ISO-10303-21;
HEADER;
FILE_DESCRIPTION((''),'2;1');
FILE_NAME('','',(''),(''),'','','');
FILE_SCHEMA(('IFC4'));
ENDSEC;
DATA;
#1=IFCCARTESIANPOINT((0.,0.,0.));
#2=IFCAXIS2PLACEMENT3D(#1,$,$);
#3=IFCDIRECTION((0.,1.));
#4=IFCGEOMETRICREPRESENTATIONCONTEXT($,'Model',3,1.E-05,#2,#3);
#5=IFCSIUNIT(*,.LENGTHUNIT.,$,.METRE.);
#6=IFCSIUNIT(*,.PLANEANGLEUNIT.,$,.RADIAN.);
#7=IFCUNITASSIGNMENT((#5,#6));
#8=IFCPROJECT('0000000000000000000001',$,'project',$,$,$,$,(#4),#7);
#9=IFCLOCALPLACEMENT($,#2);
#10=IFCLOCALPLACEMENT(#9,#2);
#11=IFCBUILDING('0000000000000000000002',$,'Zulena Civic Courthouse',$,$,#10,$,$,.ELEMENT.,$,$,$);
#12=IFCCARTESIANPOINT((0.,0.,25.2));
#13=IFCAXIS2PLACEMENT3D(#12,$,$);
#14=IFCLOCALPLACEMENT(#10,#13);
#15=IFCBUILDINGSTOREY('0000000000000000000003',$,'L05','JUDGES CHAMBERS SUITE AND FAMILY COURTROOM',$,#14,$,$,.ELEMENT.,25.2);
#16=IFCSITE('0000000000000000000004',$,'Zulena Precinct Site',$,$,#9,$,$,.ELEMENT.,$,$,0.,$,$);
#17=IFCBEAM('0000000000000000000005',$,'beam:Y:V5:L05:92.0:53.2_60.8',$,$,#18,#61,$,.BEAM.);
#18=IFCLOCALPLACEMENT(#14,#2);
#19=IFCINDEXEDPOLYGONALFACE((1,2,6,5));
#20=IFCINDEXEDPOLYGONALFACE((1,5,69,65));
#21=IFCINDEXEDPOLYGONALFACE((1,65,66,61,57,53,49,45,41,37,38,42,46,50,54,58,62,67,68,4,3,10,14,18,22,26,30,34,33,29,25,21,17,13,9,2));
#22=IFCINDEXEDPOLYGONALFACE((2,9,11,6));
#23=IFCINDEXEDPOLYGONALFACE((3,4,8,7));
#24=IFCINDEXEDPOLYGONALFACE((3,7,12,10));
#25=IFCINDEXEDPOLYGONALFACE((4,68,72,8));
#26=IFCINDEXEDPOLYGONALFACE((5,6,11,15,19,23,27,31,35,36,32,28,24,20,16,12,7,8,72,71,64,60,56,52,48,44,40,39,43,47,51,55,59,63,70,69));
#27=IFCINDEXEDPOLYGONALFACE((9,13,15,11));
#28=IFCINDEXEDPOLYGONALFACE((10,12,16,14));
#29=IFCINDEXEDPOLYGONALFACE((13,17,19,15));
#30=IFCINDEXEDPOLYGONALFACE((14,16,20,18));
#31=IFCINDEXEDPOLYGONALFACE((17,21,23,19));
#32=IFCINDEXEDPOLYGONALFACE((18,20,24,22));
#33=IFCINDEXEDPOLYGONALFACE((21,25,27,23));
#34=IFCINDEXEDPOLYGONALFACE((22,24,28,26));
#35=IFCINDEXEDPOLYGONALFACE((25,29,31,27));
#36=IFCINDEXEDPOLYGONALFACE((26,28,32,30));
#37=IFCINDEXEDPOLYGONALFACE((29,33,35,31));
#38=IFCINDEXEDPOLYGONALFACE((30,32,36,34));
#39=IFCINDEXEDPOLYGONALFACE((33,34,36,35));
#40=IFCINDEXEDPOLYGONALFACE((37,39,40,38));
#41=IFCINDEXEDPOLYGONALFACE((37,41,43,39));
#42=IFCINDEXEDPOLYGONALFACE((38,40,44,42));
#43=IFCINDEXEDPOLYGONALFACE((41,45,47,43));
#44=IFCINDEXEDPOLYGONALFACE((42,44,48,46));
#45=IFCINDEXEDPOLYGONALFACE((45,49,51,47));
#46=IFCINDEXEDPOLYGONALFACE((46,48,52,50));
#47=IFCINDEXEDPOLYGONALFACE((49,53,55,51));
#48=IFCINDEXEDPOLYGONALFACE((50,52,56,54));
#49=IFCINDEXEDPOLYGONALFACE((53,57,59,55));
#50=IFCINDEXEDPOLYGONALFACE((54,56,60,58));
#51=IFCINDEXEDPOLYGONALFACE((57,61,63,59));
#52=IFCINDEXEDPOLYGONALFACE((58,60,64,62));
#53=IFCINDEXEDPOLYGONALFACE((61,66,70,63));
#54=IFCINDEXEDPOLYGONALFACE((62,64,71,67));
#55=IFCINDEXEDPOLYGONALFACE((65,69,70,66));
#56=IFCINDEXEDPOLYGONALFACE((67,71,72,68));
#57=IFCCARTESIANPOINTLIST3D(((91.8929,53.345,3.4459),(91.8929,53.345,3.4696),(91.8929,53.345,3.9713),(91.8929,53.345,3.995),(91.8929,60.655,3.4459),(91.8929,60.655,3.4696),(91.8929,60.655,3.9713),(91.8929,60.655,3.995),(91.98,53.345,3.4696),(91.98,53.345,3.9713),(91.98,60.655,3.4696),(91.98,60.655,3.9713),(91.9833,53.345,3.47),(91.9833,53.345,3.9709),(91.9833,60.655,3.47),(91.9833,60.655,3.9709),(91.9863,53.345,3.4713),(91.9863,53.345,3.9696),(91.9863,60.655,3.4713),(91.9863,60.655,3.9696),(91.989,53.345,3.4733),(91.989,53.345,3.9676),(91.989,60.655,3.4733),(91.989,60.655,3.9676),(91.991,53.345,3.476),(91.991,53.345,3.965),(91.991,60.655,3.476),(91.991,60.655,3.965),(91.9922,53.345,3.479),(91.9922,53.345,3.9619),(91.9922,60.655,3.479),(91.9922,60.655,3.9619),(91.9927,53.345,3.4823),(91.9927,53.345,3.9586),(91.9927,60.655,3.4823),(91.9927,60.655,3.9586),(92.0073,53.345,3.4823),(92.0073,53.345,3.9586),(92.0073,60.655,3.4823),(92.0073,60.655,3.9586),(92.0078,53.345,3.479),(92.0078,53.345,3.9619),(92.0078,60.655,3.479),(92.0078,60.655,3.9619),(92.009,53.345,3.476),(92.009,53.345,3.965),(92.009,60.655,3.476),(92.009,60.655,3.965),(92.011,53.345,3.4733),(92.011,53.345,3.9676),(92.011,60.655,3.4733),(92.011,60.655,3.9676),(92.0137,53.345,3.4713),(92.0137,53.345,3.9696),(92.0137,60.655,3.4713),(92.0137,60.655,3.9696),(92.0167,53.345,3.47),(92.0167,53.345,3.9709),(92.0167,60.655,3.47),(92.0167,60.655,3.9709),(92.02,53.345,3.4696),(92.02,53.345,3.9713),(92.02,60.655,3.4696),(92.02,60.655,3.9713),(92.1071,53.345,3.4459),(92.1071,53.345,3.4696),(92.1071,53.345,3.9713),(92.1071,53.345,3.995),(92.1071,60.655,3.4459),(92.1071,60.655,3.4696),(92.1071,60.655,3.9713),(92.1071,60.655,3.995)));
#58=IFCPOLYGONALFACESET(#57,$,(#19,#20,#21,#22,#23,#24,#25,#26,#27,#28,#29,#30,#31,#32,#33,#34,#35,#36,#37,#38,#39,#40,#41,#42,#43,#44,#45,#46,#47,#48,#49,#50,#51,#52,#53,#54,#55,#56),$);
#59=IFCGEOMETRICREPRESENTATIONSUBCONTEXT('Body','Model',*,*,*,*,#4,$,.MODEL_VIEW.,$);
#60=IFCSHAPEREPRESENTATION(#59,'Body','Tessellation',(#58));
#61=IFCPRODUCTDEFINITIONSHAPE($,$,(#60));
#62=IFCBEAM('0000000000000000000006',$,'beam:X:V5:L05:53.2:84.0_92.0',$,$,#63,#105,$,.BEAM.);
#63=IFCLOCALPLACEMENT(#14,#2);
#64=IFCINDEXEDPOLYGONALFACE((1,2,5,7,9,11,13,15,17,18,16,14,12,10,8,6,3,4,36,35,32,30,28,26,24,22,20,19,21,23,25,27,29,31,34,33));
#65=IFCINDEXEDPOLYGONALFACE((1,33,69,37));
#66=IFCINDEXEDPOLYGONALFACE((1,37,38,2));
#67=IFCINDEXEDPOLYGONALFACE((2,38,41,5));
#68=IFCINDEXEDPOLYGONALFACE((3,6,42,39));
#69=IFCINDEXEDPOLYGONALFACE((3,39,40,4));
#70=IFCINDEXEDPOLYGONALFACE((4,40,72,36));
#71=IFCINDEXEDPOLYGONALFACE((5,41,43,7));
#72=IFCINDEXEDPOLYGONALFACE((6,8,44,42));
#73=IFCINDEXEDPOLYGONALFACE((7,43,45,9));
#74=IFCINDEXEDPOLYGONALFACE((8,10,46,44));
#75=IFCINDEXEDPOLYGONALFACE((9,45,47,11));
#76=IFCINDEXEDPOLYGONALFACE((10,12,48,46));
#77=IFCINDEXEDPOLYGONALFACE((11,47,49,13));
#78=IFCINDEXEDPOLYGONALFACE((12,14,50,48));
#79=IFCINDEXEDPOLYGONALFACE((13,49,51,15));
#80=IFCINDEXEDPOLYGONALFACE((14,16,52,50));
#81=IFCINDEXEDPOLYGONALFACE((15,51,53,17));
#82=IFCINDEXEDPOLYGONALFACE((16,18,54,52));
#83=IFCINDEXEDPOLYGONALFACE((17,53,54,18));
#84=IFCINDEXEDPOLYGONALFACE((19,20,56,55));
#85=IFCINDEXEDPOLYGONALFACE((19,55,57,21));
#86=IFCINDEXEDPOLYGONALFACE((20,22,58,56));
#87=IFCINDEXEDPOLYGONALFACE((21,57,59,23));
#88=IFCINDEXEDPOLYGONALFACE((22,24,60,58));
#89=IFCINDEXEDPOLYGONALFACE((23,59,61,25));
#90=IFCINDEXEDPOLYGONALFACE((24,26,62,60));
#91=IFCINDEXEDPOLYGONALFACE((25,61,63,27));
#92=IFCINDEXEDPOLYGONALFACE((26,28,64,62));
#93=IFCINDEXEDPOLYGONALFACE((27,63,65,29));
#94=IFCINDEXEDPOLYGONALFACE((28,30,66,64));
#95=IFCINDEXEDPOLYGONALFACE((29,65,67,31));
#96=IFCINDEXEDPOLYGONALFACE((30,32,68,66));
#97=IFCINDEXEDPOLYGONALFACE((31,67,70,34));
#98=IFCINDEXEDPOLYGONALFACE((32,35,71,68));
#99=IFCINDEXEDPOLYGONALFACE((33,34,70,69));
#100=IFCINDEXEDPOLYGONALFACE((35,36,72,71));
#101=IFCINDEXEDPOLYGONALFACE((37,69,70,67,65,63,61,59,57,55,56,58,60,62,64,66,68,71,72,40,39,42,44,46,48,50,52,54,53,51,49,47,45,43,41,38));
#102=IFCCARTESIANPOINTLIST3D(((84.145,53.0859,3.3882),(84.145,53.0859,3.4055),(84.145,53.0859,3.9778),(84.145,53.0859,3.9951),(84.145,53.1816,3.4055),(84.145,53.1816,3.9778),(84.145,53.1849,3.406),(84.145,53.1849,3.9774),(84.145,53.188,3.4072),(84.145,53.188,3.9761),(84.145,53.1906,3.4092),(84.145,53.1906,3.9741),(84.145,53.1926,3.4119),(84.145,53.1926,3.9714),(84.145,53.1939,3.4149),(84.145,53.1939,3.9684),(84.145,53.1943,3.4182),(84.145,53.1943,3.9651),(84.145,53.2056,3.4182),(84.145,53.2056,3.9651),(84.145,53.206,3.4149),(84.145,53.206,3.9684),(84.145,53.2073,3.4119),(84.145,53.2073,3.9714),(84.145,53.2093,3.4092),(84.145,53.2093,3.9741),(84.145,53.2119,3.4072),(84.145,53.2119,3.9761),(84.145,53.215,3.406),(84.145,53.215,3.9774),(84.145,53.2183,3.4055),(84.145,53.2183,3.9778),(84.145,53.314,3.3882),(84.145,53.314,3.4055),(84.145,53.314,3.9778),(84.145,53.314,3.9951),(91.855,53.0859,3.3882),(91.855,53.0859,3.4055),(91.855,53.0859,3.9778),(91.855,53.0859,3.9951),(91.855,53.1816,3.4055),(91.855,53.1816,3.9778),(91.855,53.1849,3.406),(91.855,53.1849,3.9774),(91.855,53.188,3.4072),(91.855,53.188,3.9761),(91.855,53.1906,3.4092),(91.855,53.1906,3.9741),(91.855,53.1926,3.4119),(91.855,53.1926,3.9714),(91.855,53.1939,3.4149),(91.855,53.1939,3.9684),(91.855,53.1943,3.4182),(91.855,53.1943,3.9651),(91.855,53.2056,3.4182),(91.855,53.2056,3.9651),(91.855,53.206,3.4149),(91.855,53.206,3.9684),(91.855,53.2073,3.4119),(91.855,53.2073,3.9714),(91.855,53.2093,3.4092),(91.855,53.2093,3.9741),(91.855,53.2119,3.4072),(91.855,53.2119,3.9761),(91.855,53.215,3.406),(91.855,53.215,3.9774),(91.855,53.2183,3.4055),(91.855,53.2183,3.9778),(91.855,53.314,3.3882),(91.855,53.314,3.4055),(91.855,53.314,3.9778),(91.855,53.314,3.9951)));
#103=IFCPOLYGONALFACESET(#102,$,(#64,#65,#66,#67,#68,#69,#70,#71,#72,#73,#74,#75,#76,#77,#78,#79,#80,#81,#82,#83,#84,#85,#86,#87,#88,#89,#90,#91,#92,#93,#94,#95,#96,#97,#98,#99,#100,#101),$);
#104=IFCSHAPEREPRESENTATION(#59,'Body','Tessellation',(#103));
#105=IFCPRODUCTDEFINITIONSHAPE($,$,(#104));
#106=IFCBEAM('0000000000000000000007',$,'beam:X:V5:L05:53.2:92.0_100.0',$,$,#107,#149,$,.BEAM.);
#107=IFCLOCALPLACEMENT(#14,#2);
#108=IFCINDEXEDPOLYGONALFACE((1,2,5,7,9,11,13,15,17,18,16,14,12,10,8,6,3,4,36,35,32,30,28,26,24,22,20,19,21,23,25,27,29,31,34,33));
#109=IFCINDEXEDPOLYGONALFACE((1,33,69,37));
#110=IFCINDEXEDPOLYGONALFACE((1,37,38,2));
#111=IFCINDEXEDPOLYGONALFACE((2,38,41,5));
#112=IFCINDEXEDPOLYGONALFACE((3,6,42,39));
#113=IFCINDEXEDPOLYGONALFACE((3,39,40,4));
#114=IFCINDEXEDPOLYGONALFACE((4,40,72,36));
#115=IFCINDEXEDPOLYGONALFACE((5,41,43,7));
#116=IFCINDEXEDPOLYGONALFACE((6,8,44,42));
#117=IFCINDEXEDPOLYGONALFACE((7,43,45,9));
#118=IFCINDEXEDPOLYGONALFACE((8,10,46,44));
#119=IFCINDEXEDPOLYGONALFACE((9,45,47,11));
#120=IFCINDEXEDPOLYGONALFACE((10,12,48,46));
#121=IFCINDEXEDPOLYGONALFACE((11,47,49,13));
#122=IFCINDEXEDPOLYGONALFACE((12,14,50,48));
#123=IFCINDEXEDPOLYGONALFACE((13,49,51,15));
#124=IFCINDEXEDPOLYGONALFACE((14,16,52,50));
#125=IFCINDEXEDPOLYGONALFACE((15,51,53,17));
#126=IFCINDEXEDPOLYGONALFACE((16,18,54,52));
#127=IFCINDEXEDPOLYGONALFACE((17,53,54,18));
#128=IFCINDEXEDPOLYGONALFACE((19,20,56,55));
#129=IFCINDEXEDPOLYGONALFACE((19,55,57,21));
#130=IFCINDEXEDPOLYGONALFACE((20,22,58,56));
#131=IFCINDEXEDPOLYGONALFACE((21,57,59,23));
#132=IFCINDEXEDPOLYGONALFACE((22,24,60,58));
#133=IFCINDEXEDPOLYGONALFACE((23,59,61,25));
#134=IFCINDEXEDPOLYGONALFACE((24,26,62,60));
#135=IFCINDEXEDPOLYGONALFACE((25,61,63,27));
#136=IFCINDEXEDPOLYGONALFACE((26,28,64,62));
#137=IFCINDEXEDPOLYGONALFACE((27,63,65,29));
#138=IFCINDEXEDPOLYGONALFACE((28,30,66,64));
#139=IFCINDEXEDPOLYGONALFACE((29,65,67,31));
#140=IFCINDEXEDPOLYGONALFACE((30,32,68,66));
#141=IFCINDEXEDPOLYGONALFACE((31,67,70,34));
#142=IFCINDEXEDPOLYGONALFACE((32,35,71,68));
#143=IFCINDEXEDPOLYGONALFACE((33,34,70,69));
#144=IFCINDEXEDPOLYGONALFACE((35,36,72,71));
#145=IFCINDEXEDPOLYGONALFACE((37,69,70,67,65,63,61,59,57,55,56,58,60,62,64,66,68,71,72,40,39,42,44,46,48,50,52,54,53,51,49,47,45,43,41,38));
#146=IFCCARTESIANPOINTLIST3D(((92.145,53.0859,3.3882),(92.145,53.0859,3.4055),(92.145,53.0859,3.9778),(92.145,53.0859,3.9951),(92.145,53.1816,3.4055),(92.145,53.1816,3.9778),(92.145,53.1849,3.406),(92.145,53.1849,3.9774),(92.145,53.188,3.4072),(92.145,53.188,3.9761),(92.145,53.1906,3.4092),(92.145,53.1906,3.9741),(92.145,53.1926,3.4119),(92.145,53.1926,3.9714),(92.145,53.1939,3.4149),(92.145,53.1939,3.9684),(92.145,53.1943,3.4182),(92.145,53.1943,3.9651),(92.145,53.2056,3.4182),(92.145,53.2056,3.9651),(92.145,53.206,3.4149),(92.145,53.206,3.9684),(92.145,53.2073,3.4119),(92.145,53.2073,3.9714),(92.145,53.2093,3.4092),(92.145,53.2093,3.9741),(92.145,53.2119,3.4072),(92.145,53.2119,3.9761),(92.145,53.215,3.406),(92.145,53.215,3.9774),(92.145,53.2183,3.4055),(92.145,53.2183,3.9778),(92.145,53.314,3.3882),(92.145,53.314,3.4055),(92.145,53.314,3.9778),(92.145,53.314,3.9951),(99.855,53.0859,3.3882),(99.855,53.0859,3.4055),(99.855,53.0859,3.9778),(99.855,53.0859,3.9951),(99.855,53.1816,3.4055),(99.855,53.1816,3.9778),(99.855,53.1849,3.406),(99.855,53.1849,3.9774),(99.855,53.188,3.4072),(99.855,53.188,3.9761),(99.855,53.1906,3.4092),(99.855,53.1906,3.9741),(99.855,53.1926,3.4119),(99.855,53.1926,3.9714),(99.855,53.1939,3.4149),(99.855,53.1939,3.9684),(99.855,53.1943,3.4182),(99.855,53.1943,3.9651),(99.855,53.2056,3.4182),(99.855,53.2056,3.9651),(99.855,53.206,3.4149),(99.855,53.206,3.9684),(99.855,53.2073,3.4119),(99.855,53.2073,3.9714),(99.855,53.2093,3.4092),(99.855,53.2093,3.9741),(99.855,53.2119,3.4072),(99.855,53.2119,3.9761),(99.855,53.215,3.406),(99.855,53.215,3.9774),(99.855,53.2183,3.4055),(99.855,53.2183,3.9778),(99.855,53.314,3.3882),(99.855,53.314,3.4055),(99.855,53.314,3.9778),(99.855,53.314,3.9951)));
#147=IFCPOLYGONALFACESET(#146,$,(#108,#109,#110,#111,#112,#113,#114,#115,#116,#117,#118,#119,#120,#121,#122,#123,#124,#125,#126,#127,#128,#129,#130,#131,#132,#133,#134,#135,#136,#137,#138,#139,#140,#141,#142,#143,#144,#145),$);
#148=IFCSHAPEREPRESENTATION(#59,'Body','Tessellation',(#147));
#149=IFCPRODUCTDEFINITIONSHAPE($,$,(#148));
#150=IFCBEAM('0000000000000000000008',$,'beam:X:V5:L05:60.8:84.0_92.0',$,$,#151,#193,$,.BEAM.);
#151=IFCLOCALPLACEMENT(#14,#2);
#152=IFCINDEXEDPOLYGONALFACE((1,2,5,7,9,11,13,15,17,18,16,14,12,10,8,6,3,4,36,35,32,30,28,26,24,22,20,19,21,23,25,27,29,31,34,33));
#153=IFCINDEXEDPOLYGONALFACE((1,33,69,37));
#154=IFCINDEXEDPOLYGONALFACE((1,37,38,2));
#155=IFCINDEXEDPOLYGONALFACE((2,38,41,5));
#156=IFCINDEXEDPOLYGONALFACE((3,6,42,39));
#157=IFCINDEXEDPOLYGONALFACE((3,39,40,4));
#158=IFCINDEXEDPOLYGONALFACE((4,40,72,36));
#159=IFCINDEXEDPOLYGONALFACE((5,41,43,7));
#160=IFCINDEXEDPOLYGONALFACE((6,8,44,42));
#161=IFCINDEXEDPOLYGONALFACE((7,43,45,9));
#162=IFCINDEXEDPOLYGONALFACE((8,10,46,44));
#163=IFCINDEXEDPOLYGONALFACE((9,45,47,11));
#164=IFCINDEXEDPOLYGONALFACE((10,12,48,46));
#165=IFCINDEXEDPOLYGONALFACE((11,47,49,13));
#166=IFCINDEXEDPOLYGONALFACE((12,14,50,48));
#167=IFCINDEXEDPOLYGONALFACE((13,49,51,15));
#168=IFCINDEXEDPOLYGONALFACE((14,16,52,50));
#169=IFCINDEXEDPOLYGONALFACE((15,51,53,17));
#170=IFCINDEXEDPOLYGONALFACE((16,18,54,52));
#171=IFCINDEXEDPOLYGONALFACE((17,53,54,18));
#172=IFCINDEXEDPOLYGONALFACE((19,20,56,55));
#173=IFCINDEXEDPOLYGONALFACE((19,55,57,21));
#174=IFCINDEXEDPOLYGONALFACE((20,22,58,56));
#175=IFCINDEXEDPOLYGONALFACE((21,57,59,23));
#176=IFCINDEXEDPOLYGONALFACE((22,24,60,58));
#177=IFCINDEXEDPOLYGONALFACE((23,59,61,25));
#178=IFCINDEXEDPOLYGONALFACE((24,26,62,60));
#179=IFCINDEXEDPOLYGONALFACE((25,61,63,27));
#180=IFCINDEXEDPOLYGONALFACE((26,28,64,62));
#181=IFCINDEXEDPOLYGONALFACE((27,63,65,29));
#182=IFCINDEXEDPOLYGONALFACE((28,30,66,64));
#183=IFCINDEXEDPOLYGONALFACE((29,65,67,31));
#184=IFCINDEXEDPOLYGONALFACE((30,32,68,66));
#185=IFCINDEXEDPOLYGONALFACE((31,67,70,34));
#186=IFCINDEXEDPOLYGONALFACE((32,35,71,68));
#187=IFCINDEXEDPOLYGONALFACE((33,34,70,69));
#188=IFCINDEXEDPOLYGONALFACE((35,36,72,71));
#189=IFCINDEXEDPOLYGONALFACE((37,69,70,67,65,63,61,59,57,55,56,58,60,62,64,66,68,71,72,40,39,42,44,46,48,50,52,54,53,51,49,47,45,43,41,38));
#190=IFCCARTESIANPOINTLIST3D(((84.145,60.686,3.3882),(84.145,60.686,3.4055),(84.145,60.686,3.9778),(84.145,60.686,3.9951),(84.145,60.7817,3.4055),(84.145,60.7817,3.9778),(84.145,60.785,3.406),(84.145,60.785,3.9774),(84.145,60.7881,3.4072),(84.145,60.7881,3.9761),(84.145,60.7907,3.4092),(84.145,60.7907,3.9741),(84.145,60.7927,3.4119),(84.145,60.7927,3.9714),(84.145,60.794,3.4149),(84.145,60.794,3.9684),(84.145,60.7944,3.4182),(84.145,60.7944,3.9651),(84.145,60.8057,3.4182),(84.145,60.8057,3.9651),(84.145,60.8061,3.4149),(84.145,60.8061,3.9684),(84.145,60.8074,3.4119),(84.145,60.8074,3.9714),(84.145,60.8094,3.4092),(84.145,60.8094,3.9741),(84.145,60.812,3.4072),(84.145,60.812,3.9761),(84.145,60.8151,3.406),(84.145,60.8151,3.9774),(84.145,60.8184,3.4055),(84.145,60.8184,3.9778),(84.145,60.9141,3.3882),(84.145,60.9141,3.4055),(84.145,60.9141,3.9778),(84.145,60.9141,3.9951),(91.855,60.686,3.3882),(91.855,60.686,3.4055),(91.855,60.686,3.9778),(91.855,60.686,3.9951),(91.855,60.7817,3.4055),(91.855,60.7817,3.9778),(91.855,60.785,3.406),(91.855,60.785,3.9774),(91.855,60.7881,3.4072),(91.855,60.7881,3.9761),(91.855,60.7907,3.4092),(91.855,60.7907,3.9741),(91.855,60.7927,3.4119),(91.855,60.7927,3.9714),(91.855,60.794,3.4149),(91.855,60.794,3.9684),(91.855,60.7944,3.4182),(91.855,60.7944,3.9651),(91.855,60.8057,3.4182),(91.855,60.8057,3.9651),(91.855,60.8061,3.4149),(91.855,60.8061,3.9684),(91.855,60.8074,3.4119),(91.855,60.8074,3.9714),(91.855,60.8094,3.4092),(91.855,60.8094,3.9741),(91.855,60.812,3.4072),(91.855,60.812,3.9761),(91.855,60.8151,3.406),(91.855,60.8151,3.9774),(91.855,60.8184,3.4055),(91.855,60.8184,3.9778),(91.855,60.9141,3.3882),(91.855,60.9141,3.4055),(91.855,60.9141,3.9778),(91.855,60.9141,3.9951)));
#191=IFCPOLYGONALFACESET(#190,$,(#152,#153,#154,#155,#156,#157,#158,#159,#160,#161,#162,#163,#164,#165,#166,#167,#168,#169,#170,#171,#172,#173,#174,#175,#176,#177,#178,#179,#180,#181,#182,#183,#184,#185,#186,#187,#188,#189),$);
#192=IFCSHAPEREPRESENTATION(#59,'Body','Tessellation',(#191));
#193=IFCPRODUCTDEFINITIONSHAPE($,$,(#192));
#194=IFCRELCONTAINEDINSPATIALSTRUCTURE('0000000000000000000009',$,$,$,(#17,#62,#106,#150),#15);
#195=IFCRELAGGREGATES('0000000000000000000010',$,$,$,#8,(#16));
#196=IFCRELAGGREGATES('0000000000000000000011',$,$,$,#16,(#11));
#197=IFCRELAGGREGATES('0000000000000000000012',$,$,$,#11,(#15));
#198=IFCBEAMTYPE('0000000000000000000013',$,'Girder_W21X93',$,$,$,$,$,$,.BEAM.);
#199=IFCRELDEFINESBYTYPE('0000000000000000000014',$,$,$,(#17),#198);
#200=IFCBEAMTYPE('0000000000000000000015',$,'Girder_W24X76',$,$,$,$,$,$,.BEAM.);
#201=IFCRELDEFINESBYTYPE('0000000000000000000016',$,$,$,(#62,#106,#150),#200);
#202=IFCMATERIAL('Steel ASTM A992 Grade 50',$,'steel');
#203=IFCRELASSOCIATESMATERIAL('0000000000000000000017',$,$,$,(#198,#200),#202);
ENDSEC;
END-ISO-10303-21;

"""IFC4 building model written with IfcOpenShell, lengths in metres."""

from ifc_helpers import new_model, si_unit, direction, frame, origin, origin_2d, place, context, subcontext, project, spatial, i_section, extrude, material, material_profile, profile_set, type_object, element, save


model = new_model("IFC4")

# Units and contexts
model_context = context("Model", 3, precision=1e-05, world=origin(), true_north=direction((0.0, 1.0)))
body_context = subcontext(model_context, "Body", "Model", "MODEL_VIEW")
ifc_project = project(units=[si_unit("LENGTHUNIT", "METRE"), si_unit("PLANEANGLEUNIT", "RADIAN")], contexts=[model_context])

# Site, building, storey
site_placement = place(None, origin())
site = spatial("IfcSite", under=ifc_project, at=site_placement, Name="Zulena Precinct Site", CompositionType="ELEMENT", RefElevation=0.0)
building_placement = place(site_placement, origin())
building = spatial("IfcBuilding", under=site, at=building_placement, Name="Zulena Civic Courthouse", CompositionType="ELEMENT")
storey_placement = place(building_placement, frame((0.0, 0.0, 25.2)))
storey = spatial("IfcBuildingStorey", under=building, at=storey_placement, Name="L05", Description="JUDGES CHAMBERS SUITE AND FAMILY COURTROOM", CompositionType="ELEMENT", Elevation=25.2)

# Shared definitions
ifc_material_1 = material(Name="Steel ASTM A992 Grade 50", Category="steel")

# Beams
ifc_material_profile_1 = material_profile(ifc_material_1, i_section(OverallWidth=0.2141, OverallDepth=0.5491, WebThickness=0.0146, FlangeThickness=0.0237, FilletRadius=0.0127, at=origin_2d()), Name="W21X93")
ifc_profile_set_1 = profile_set([ifc_material_profile_1], Name="Steel ASTM A992 Grade 50")
beam_type_1 = type_object("IfcBeamType", Name="Girder_W21X93", PredefinedType="BEAM", material=ifc_profile_set_1)
for number, where, z_axis, x_axis, name in (
    (1, (92.0, 53.345, 3.7205), (0.0, 1.0, 0.0), (-1.0, 0.0, 0.0), "beam:Y:V5:L05:92.0:53.2_60.8"),
):
    element("IfcBeam", number, at=place(storey_placement, frame(where, z_axis=z_axis, x_axis=x_axis)), inside=storey, type_object=beam_type_1, Name=name, PredefinedType="BEAM", context=body_context, shape_type="SweptSolid", body=[
        extrude(i_section(OverallWidth=0.2141, OverallDepth=0.5491, WebThickness=0.0146, FlangeThickness=0.0237, FilletRadius=0.0127, at=origin_2d()), origin(), (0.0, 0.0, 1.0), 7.3101),
    ])
ifc_material_profile_2 = material_profile(ifc_material_1, i_section(OverallWidth=0.228, OverallDepth=0.6069, WebThickness=0.0112, FlangeThickness=0.0173, FilletRadius=0.0127, at=origin_2d()), Name="W24X76")
ifc_profile_set_2 = profile_set([ifc_material_profile_2], Name="Steel ASTM A992 Grade 50")
beam_type_2 = type_object("IfcBeamType", Name="Girder_W24X76", PredefinedType="BEAM", material=ifc_profile_set_2)
for number, where, z_axis, x_axis, name in (
    (2, (84.145, 53.2, 3.6917), (1.0, 0.0, 0.0), (0.0, 1.0, 0.0), "beam:X:V5:L05:53.2:84.0_92.0"),
    (3, (92.145, 53.2, 3.6917), (1.0, 0.0, 0.0), (0.0, 1.0, 0.0), "beam:X:V5:L05:53.2:92.0_100.0"),
    (4, (84.145, 60.8, 3.6917), (1.0, 0.0, 0.0), (0.0, 1.0, 0.0), "beam:X:V5:L05:60.8:84.0_92.0"),
):
    element("IfcBeam", number, at=place(storey_placement, frame(where, z_axis=z_axis, x_axis=x_axis)), inside=storey, type_object=beam_type_2, Name=name, PredefinedType="BEAM", context=body_context, shape_type="SweptSolid", body=[
        extrude(i_section(OverallWidth=0.228, OverallDepth=0.6069, WebThickness=0.0112, FlangeThickness=0.0173, FilletRadius=0.0127, at=origin_2d()), origin(), (0.0, 0.0, 1.0), 7.71),
    ])

save(model, "model.ifc")
